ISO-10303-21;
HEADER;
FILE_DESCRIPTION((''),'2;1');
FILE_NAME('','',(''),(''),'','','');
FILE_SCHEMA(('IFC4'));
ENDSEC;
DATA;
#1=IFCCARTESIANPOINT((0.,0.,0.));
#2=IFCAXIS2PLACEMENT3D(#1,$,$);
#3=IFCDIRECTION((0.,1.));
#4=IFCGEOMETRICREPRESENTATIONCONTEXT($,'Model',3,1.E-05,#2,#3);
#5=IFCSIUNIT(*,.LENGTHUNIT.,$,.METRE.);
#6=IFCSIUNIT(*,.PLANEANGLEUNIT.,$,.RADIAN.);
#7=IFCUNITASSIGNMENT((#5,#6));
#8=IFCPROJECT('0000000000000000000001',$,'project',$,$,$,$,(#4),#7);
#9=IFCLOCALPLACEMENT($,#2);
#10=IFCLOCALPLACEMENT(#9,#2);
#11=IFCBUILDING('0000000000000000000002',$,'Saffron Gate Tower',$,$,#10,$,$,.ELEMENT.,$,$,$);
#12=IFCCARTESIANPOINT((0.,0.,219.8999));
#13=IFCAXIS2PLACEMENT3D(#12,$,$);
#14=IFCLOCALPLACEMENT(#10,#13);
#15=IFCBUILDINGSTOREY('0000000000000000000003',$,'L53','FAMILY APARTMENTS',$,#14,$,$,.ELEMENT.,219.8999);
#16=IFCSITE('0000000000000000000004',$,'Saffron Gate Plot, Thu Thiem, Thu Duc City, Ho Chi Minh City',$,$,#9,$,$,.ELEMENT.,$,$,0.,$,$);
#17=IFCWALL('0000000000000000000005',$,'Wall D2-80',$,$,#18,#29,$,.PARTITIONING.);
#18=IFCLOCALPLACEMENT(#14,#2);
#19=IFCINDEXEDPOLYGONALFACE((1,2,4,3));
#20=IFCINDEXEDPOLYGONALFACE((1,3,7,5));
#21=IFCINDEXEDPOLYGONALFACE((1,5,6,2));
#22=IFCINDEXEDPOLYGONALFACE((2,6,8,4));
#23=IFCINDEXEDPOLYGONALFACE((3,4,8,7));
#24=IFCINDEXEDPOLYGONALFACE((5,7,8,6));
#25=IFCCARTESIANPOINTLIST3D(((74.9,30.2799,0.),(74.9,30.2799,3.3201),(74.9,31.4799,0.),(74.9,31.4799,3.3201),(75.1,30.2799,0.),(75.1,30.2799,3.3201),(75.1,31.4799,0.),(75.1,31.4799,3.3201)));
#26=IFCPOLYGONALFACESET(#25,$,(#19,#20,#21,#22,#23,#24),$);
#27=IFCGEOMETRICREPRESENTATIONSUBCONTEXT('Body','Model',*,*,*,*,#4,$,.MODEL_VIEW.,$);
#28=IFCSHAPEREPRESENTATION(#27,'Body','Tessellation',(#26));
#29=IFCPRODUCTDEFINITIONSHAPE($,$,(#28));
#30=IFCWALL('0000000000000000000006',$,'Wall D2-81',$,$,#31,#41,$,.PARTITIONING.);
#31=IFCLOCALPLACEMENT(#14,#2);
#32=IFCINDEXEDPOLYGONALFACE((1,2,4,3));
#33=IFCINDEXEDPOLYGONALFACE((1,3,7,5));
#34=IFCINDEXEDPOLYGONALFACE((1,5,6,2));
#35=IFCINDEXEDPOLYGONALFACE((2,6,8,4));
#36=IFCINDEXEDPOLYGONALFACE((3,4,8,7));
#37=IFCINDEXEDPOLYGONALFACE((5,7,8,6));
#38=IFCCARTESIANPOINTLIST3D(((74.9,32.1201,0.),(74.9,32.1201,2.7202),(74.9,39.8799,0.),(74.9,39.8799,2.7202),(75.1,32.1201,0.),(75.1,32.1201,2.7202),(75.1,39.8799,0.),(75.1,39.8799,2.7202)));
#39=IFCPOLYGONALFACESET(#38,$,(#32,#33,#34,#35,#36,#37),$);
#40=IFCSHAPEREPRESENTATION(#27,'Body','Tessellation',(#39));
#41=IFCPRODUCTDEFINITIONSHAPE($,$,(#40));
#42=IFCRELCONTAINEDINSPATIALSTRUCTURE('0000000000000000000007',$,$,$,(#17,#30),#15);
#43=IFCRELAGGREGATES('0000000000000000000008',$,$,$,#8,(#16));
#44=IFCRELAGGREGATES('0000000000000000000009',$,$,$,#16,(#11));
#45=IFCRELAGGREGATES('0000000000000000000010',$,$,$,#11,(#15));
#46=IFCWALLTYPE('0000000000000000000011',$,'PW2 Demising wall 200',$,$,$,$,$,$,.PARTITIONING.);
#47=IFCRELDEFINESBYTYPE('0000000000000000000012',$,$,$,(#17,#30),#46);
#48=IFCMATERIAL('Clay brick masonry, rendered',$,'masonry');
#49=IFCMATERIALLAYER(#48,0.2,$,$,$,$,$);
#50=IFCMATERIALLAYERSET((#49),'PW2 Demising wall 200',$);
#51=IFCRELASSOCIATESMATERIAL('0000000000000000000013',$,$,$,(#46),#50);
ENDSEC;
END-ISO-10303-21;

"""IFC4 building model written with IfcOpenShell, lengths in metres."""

from ifc_helpers import new_model, si_unit, direction, frame, frame_2d, origin, place, context, subcontext, project, spatial, rectangle, extrude, material, layer, layer_set, type_object, element, save


model = new_model("IFC4")

# Units and contexts
model_context = context("Model", 3, precision=1e-05, world=origin(), true_north=direction((0.0, 1.0)))
body_context = subcontext(model_context, "Body", "Model", "MODEL_VIEW")
ifc_project = project(units=[si_unit("LENGTHUNIT", "METRE"), si_unit("PLANEANGLEUNIT", "RADIAN")], contexts=[model_context])

# Site, building, storey
site_placement = place(None, origin())
site = spatial("IfcSite", under=ifc_project, at=site_placement, Name="Saffron Gate Plot, Thu Thiem, Thu Duc City, Ho Chi Minh City", CompositionType="ELEMENT", RefElevation=0.0)
building_placement = place(site_placement, origin())
building = spatial("IfcBuilding", under=site, at=building_placement, Name="Saffron Gate Tower", CompositionType="ELEMENT")
storey_placement = place(building_placement, frame((0.0, 0.0, 219.8999)))
storey = spatial("IfcBuildingStorey", under=building, at=storey_placement, Name="L53", Description="FAMILY APARTMENTS", CompositionType="ELEMENT", Elevation=219.8999)

# Walls
ifc_material_1 = material(Name="Clay brick masonry, rendered", Category="masonry")
ifc_layer_1 = layer(ifc_material_1, 0.2)
ifc_layer_set_1 = layer_set([ifc_layer_1], Name="PW2 Demising wall 200")
wall_type_1 = type_object("IfcWallType", Name="PW2 Demising wall 200", PredefinedType="PARTITIONING", material=ifc_layer_set_1)
wall_1_placement = place(storey_placement, frame((75.0, 31.48, 0.0), z_axis=(0.0, 0.0, 1.0), x_axis=(0.0, -1.0, 0.0)))
element("IfcWall", 1, at=wall_1_placement, inside=storey, type_object=wall_type_1, Name="Wall D2-80", PredefinedType="PARTITIONING", context=body_context, shape_type="SweptSolid", body=[
    extrude(rectangle(XDim=1.2, YDim=0.2, at=frame_2d((0.6001, 0.0))), origin(), (0.0, 0.0, 1.0), 3.3201),
])
wall_2_placement = place(storey_placement, frame((75.0, 39.8799, 0.0), z_axis=(0.0, 0.0, 1.0), x_axis=(0.0, -1.0, 0.0)))
element("IfcWall", 2, at=wall_2_placement, inside=storey, type_object=wall_type_1, Name="Wall D2-81", PredefinedType="PARTITIONING", context=body_context, shape_type="SweptSolid", body=[
    extrude(rectangle(XDim=7.7598, YDim=0.2, at=frame_2d((3.8799, 0.0))), origin(), (0.0, 0.0, 1.0), 2.7202),
])

save(model, "model.ifc")
